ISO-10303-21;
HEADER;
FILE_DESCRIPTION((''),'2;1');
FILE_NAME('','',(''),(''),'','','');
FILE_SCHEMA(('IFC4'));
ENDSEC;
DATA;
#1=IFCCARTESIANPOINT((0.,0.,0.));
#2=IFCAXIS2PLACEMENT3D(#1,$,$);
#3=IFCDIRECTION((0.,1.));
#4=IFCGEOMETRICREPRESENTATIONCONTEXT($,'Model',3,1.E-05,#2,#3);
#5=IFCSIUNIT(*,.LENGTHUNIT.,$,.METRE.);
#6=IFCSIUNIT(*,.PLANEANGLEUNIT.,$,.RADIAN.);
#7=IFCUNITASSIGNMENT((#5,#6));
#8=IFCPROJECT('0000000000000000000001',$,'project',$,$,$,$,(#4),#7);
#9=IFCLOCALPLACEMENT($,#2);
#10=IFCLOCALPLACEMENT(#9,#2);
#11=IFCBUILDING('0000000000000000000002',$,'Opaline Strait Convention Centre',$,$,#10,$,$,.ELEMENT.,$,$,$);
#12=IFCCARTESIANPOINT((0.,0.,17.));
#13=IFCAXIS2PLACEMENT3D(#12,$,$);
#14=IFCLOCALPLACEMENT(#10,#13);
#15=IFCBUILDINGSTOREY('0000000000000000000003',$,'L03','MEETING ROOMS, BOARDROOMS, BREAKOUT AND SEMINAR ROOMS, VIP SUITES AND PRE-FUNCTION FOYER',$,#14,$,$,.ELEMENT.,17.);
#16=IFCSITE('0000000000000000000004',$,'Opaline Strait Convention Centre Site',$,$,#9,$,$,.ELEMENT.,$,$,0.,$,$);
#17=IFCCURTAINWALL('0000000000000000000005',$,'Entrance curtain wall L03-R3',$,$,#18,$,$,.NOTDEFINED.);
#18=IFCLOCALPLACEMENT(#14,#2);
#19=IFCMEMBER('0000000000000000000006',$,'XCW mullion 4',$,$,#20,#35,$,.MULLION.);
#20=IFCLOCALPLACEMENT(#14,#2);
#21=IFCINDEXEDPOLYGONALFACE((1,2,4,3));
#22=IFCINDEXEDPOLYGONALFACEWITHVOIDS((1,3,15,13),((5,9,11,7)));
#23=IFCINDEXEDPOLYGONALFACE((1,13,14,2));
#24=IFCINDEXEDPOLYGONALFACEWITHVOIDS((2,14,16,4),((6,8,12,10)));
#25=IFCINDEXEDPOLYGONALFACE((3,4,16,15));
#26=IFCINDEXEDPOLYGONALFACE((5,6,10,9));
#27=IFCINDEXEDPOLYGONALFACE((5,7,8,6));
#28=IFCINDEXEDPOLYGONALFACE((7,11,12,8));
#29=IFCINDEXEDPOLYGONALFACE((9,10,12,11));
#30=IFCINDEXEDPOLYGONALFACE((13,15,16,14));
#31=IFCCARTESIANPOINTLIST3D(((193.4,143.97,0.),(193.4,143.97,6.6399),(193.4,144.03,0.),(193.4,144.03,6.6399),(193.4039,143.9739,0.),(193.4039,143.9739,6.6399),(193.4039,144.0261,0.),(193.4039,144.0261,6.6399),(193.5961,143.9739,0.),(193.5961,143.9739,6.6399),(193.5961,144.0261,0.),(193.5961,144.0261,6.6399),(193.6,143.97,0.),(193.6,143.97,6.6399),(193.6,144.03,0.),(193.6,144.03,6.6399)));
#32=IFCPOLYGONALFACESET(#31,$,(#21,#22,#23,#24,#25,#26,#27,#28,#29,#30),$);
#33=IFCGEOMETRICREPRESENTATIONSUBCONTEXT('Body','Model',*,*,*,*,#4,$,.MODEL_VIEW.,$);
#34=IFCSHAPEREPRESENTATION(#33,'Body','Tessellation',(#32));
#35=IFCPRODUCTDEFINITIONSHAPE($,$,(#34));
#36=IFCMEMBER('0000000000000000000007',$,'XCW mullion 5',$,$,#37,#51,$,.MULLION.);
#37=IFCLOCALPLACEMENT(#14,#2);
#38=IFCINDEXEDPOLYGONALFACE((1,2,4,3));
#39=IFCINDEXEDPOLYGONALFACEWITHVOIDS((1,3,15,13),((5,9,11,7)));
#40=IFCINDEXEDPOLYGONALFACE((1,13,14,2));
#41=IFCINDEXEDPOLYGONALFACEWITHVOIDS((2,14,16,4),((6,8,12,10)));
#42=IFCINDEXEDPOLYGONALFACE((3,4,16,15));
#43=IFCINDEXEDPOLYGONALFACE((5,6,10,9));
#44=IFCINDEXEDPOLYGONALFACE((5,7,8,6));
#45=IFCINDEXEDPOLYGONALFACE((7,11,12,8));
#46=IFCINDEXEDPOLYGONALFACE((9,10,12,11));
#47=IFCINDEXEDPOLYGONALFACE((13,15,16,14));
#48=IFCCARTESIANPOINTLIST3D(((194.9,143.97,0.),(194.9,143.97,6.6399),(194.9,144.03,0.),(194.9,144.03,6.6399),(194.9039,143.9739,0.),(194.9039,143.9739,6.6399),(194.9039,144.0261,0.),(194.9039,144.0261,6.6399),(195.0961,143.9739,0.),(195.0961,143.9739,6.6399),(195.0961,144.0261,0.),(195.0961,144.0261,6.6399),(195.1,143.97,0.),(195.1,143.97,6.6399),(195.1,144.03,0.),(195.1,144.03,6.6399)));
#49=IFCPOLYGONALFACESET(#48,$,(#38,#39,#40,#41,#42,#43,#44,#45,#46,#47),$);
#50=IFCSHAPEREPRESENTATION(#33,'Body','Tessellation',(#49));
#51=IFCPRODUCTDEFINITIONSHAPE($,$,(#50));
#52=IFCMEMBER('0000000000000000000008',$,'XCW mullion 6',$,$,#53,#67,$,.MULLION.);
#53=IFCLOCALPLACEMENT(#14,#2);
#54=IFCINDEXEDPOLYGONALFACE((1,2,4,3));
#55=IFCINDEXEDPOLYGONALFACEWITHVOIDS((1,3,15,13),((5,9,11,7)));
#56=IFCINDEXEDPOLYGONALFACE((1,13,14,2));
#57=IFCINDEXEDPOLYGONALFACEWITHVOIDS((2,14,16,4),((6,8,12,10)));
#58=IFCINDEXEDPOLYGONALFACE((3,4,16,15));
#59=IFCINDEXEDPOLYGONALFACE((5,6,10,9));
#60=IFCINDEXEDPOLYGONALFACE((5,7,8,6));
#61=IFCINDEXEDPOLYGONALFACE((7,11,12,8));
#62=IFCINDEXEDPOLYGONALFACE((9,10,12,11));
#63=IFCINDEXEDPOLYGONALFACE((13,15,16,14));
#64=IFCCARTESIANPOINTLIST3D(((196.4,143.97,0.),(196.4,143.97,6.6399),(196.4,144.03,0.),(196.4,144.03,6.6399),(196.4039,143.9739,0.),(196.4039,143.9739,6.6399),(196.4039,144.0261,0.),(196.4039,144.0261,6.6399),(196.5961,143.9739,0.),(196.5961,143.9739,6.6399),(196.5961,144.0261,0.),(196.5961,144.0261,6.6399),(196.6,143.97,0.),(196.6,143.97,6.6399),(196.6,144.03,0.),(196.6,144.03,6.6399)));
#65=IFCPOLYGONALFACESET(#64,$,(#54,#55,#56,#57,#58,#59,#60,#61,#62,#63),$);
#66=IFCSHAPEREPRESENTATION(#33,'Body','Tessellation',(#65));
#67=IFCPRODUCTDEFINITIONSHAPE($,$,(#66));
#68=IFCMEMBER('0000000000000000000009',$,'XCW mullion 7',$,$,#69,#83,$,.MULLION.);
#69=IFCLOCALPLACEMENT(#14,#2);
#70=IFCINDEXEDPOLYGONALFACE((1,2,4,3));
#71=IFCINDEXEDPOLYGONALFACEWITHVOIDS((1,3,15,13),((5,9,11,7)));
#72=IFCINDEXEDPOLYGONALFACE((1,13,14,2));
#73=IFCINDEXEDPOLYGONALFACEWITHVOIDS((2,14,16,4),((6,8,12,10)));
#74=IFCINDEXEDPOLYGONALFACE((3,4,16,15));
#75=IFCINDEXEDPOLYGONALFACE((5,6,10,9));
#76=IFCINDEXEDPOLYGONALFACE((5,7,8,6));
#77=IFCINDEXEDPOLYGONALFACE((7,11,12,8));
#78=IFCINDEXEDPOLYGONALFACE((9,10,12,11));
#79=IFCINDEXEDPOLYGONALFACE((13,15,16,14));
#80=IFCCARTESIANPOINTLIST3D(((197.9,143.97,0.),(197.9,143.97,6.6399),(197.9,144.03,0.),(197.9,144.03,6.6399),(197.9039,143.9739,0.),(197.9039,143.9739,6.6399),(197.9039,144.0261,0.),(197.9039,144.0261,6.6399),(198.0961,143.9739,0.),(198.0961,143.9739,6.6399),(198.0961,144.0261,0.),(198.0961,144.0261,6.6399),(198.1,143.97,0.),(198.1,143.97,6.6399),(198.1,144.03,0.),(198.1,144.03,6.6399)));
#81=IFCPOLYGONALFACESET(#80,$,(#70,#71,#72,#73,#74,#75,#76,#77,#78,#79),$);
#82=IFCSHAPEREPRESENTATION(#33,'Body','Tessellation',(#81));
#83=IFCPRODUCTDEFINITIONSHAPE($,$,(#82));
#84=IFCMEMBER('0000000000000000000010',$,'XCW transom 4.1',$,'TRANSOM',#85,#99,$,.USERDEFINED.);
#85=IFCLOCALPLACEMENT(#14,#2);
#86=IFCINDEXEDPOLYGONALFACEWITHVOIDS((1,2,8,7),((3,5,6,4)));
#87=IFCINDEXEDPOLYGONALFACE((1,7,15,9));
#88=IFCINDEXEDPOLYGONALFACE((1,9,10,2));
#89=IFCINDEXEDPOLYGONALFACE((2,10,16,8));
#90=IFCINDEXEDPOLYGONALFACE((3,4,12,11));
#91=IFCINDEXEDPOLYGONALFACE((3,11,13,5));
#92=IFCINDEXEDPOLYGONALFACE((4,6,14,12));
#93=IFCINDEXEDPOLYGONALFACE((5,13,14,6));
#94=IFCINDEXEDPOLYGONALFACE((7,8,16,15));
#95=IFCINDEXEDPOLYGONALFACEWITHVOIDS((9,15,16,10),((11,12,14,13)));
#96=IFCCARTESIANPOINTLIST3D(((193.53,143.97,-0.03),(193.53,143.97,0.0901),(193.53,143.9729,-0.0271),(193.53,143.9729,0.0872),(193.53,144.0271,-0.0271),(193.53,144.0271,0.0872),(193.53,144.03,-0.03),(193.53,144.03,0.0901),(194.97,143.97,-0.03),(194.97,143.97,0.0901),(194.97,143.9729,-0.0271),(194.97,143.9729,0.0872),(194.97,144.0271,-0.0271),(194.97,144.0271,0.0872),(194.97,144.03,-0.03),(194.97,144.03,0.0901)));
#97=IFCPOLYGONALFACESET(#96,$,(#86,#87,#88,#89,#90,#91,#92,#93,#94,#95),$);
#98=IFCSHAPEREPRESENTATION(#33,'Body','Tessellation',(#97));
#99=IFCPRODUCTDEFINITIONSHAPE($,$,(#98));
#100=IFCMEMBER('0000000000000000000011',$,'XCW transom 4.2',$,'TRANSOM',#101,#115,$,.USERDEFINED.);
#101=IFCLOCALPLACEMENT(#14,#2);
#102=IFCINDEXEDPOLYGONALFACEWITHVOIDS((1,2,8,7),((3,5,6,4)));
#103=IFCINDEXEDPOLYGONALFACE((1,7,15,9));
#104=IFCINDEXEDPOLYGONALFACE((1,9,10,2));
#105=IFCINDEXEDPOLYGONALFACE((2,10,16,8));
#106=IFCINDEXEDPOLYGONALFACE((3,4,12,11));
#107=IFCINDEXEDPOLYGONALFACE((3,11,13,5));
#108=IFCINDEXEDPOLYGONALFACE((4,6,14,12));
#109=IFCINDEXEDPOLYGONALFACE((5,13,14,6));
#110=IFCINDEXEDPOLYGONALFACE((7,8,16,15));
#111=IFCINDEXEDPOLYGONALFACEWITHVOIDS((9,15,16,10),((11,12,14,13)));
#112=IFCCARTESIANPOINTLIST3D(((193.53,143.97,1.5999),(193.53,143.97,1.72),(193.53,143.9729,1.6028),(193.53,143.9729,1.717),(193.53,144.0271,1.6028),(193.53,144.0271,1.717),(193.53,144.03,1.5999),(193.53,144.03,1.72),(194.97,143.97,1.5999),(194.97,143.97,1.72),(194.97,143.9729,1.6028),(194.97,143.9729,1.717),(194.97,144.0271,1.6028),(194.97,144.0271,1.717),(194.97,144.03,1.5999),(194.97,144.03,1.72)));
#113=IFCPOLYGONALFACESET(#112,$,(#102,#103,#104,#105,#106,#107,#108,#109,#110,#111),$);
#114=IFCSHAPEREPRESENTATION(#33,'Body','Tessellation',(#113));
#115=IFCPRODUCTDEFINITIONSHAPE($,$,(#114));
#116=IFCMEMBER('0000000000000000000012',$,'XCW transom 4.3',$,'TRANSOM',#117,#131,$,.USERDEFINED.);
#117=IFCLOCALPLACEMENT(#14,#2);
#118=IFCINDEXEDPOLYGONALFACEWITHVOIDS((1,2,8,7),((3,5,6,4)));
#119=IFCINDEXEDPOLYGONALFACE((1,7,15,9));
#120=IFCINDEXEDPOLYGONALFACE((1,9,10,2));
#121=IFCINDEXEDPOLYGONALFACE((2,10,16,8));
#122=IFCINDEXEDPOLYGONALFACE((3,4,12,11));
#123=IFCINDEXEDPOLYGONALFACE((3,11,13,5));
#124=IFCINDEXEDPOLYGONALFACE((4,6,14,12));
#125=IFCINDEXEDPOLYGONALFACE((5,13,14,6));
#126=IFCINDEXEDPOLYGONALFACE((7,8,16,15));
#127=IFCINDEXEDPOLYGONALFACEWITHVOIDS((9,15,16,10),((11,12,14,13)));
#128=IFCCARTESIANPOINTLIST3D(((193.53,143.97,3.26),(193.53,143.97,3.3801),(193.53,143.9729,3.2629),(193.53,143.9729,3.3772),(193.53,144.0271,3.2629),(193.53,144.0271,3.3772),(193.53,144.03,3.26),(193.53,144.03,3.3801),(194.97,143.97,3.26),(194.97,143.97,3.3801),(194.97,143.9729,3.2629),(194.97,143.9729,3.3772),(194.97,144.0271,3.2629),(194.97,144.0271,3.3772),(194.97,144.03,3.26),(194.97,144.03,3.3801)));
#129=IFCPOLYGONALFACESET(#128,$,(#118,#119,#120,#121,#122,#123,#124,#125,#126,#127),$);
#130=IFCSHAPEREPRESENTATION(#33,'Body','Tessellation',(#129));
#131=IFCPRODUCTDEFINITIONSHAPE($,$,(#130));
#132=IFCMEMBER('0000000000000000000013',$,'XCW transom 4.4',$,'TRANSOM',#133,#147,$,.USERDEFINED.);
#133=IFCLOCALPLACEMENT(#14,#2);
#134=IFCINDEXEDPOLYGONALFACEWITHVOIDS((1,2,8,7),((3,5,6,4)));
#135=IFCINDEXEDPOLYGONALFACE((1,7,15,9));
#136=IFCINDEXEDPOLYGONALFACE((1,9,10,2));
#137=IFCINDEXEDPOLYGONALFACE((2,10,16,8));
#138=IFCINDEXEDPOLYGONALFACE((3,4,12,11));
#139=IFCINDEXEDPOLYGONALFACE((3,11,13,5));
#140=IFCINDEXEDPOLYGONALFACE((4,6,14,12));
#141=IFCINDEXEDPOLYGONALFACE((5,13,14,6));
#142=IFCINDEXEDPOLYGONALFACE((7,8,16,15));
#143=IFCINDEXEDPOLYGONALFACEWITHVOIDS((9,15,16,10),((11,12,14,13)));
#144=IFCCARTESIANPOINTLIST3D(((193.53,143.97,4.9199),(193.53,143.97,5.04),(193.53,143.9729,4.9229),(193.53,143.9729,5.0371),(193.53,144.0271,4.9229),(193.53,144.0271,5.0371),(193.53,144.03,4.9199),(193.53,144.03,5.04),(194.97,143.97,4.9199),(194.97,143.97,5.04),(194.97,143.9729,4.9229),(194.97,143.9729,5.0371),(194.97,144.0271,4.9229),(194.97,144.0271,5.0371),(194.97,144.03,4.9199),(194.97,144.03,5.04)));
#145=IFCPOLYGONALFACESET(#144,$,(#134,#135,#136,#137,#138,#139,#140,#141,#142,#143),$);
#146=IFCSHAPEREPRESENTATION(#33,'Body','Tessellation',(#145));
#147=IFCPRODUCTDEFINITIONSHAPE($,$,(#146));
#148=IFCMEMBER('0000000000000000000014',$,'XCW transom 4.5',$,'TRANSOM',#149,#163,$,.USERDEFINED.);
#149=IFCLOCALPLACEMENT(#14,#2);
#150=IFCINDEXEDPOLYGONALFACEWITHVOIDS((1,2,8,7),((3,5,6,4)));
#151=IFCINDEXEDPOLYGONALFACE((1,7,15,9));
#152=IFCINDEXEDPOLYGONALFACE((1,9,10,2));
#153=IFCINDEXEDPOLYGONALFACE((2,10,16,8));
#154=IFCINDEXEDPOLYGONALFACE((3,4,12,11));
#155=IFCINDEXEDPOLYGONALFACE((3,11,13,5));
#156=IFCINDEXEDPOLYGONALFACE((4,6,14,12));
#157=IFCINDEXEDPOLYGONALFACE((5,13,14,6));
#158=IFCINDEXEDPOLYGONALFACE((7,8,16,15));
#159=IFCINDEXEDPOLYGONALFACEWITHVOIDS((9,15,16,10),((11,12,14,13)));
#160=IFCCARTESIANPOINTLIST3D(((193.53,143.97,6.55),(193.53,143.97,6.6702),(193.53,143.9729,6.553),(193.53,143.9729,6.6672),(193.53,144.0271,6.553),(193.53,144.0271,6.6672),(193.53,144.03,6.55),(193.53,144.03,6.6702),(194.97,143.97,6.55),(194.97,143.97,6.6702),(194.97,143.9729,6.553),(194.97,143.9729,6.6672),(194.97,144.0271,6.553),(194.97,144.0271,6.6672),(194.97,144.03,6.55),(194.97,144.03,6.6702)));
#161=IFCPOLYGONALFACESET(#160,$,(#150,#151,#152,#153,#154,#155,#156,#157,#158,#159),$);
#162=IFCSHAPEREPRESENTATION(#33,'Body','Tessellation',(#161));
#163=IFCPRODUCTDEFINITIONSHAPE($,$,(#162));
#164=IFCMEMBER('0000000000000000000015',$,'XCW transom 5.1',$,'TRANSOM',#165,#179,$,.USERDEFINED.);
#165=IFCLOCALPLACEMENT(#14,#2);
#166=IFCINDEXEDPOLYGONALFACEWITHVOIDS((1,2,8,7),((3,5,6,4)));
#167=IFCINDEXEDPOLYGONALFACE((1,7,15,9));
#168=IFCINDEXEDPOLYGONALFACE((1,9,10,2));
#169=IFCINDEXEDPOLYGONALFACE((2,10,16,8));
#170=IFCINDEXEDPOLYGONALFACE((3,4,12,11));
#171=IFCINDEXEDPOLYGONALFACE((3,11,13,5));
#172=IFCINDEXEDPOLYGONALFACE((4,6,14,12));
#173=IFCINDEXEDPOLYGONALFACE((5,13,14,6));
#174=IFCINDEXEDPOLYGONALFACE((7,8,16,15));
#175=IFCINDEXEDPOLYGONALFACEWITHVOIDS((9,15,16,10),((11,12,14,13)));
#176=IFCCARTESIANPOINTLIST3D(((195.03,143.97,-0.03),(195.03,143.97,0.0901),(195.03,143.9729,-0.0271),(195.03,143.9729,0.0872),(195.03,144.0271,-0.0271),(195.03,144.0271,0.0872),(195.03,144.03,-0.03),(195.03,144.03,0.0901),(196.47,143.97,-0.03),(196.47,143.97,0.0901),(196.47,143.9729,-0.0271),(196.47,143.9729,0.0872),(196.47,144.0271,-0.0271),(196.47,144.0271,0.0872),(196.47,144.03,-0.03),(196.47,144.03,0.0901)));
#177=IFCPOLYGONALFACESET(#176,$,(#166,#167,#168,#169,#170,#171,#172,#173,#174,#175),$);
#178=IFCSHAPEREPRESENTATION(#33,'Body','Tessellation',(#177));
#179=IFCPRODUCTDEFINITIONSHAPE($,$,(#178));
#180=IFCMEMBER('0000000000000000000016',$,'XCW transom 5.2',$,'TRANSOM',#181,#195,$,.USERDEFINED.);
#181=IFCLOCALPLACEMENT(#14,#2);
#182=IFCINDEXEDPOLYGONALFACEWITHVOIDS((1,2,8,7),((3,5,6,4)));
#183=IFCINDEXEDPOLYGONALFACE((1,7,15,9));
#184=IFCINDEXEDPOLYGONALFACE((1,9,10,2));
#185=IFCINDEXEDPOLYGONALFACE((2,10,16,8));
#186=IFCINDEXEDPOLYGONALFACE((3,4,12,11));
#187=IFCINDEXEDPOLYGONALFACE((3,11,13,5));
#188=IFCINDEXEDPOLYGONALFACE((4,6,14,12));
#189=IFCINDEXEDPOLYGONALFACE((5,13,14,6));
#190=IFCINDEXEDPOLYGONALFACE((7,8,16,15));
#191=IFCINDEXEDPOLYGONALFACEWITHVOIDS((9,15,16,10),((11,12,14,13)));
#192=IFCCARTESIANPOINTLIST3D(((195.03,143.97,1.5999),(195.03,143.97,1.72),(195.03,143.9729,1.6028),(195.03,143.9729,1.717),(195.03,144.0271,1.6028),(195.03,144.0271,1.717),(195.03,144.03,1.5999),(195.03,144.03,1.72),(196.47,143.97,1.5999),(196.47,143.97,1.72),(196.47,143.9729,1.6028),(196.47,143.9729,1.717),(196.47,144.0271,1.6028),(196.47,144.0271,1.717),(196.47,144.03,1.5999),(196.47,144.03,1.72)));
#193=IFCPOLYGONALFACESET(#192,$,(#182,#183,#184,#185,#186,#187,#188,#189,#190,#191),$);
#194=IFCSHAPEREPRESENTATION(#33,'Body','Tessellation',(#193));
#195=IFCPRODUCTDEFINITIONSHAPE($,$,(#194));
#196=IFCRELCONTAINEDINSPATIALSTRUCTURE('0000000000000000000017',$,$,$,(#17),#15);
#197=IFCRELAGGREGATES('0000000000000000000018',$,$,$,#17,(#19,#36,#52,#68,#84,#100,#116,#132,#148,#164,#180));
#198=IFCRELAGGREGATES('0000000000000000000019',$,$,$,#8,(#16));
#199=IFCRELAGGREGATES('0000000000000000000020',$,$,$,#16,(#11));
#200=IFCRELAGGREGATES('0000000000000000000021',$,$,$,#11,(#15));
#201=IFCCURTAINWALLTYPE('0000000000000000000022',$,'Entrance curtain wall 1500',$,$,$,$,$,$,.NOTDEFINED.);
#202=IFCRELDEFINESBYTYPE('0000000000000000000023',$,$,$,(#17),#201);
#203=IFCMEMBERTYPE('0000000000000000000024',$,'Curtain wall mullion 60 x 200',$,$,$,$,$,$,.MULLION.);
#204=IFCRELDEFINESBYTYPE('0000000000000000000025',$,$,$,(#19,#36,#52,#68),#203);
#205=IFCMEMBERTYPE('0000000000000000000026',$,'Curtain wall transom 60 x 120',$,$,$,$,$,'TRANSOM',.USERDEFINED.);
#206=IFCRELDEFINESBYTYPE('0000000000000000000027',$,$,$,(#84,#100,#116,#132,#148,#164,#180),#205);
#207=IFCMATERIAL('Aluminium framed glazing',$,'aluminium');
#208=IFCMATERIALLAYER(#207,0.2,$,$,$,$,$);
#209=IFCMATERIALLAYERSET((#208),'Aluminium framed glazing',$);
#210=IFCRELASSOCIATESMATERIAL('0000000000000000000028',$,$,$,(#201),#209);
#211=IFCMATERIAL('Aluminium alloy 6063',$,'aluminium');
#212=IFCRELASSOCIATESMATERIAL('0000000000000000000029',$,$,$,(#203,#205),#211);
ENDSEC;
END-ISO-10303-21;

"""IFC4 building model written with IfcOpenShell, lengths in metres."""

from ifc_helpers import new_model, si_unit, direction, frame, origin, origin_2d, place, context, subcontext, project, spatial, hollow_rectangle, extrude, material, layer, layer_set, material_profile, profile_set, type_object, element, aggregate, save


model = new_model("IFC4")

# Units and contexts
model_context = context("Model", 3, precision=1e-05, world=origin(), true_north=direction((0.0, 1.0)))
body_context = subcontext(model_context, "Body", "Model", "MODEL_VIEW")
ifc_project = project(units=[si_unit("LENGTHUNIT", "METRE"), si_unit("PLANEANGLEUNIT", "RADIAN")], contexts=[model_context])

# Site, building, storey
site_placement = place(None, origin())
site = spatial("IfcSite", under=ifc_project, at=site_placement, Name="Opaline Strait Convention Centre Site", CompositionType="ELEMENT", RefElevation=0.0)
building_placement = place(site_placement, origin())
building = spatial("IfcBuilding", under=site, at=building_placement, Name="Opaline Strait Convention Centre", CompositionType="ELEMENT")
storey_placement = place(building_placement, frame((0.0, 0.0, 17.0)))
storey = spatial("IfcBuildingStorey", under=building, at=storey_placement, Name="L03", Description="MEETING ROOMS, BOARDROOMS, BREAKOUT AND SEMINAR ROOMS, VIP SUITES AND PRE-FUNCTION FOYER", CompositionType="ELEMENT", Elevation=17.0)

# Curtain wall, members
ifc_material_1 = material(Name="Aluminium framed glazing", Category="aluminium")
ifc_layer_1 = layer(ifc_material_1, 0.2)
ifc_layer_set_1 = layer_set([ifc_layer_1], Name="Aluminium framed glazing")
curtain_wall_type = type_object("IfcCurtainWallType", Name="Entrance curtain wall 1500", PredefinedType="NOTDEFINED", material=ifc_layer_set_1)
curtain_wall_placement = place(storey_placement, origin())
curtain_wall = element("IfcCurtainWall", 1, at=curtain_wall_placement, inside=storey, type_object=curtain_wall_type, Name="Entrance curtain wall L03-R3", PredefinedType="NOTDEFINED")
ifc_material_2 = material(Name="Aluminium alloy 6063", Category="aluminium")
ifc_material_profile_1 = material_profile(ifc_material_2, hollow_rectangle(XDim=0.0601, YDim=0.2, WallThickness=0.0039, at=origin_2d()), Name="MULLION 60x200x4")
ifc_profile_set_1 = profile_set([ifc_material_profile_1], Name="Aluminium alloy 6063")
member_type_1 = type_object("IfcMemberType", Name="Curtain wall mullion 60 x 200", PredefinedType="MULLION", material=ifc_profile_set_1)
member_1_placement = place(storey_placement, frame((193.5, 144.0, 0.0), z_axis=(0.0, 0.0, 1.0), x_axis=(0.0, 1.0, 0.0)))
member_1 = element("IfcMember", 2, at=member_1_placement, type_object=member_type_1, Name="XCW mullion 4", PredefinedType="MULLION", context=body_context, shape_type="SweptSolid", body=[
    extrude(hollow_rectangle(XDim=0.0601, YDim=0.2, WallThickness=0.0039, at=origin_2d()), origin(), (0.0, 0.0, 1.0), 6.6399),
])
member_2_placement = place(storey_placement, frame((195.0, 144.0, 0.0), z_axis=(0.0, 0.0, 1.0), x_axis=(0.0, 1.0, 0.0)))
member_2 = element("IfcMember", 3, at=member_2_placement, type_object=member_type_1, Name="XCW mullion 5", PredefinedType="MULLION", context=body_context, shape_type="SweptSolid", body=[
    extrude(hollow_rectangle(XDim=0.0601, YDim=0.2, WallThickness=0.0039, at=origin_2d()), origin(), (0.0, 0.0, 1.0), 6.6399),
])
member_3_placement = place(storey_placement, frame((196.5, 144.0, 0.0), z_axis=(0.0, 0.0, 1.0), x_axis=(0.0, 1.0, 0.0)))
member_3 = element("IfcMember", 4, at=member_3_placement, type_object=member_type_1, Name="XCW mullion 6", PredefinedType="MULLION", context=body_context, shape_type="SweptSolid", body=[
    extrude(hollow_rectangle(XDim=0.0601, YDim=0.2, WallThickness=0.0039, at=origin_2d()), origin(), (0.0, 0.0, 1.0), 6.6399),
])
member_4_placement = place(storey_placement, frame((198.0, 144.0, 0.0), z_axis=(0.0, 0.0, 1.0), x_axis=(0.0, 1.0, 0.0)))
member_4 = element("IfcMember", 5, at=member_4_placement, type_object=member_type_1, Name="XCW mullion 7", PredefinedType="MULLION", context=body_context, shape_type="SweptSolid", body=[
    extrude(hollow_rectangle(XDim=0.0601, YDim=0.2, WallThickness=0.0039, at=origin_2d()), origin(), (0.0, 0.0, 1.0), 6.6399),
])
ifc_material_profile_2 = material_profile(ifc_material_2, hollow_rectangle(XDim=0.0601, YDim=0.1201, WallThickness=0.0029, at=origin_2d()), Name="TRANSOM 60x120x3")
ifc_profile_set_2 = profile_set([ifc_material_profile_2], Name="Aluminium alloy 6063")
member_type_2 = type_object("IfcMemberType", Name="Curtain wall transom 60 x 120", ElementType="TRANSOM", PredefinedType="USERDEFINED", material=ifc_profile_set_2)
member_5_placement = place(storey_placement, frame((193.53, 144.0, 0.03), z_axis=(1.0, 0.0, 0.0), x_axis=(0.0, 1.0, 0.0)))
member_5 = element("IfcMember", 6, at=member_5_placement, type_object=member_type_2, Name="XCW transom 4.1", ObjectType="TRANSOM", PredefinedType="USERDEFINED", context=body_context, shape_type="SweptSolid", body=[
    extrude(hollow_rectangle(XDim=0.0601, YDim=0.1201, WallThickness=0.0029, at=origin_2d()), origin(), (0.0, 0.0, 1.0), 1.4399),
])
member_6_placement = place(storey_placement, frame((193.53, 144.0, 1.6599), z_axis=(1.0, 0.0, 0.0), x_axis=(0.0, 1.0, 0.0)))
member_6 = element("IfcMember", 7, at=member_6_placement, type_object=member_type_2, Name="XCW transom 4.2", ObjectType="TRANSOM", PredefinedType="USERDEFINED", context=body_context, shape_type="SweptSolid", body=[
    extrude(hollow_rectangle(XDim=0.0601, YDim=0.1201, WallThickness=0.0029, at=origin_2d()), origin(), (0.0, 0.0, 1.0), 1.4399),
])
member_7_placement = place(storey_placement, frame((193.53, 144.0, 3.3201), z_axis=(1.0, 0.0, 0.0), x_axis=(0.0, 1.0, 0.0)))
member_7 = element("IfcMember", 8, at=member_7_placement, type_object=member_type_2, Name="XCW transom 4.3", ObjectType="TRANSOM", PredefinedType="USERDEFINED", context=body_context, shape_type="SweptSolid", body=[
    extrude(hollow_rectangle(XDim=0.0601, YDim=0.1201, WallThickness=0.0029, at=origin_2d()), origin(), (0.0, 0.0, 1.0), 1.4399),
])
member_8_placement = place(storey_placement, frame((193.53, 144.0, 4.98), z_axis=(1.0, 0.0, 0.0), x_axis=(0.0, 1.0, 0.0)))
member_8 = element("IfcMember", 9, at=member_8_placement, type_object=member_type_2, Name="XCW transom 4.4", ObjectType="TRANSOM", PredefinedType="USERDEFINED", context=body_context, shape_type="SweptSolid", body=[
    extrude(hollow_rectangle(XDim=0.0601, YDim=0.1201, WallThickness=0.0029, at=origin_2d()), origin(), (0.0, 0.0, 1.0), 1.4399),
])
member_9_placement = place(storey_placement, frame((193.53, 144.0, 6.6101), z_axis=(1.0, 0.0, 0.0), x_axis=(0.0, 1.0, 0.0)))
member_9 = element("IfcMember", 10, at=member_9_placement, type_object=member_type_2, Name="XCW transom 4.5", ObjectType="TRANSOM", PredefinedType="USERDEFINED", context=body_context, shape_type="SweptSolid", body=[
    extrude(hollow_rectangle(XDim=0.0601, YDim=0.1201, WallThickness=0.0029, at=origin_2d()), origin(), (0.0, 0.0, 1.0), 1.4399),
])
member_10_placement = place(storey_placement, frame((195.03, 144.0, 0.03), z_axis=(1.0, 0.0, 0.0), x_axis=(0.0, 1.0, 0.0)))
member_10 = element("IfcMember", 11, at=member_10_placement, type_object=member_type_2, Name="XCW transom 5.1", ObjectType="TRANSOM", PredefinedType="USERDEFINED", context=body_context, shape_type="SweptSolid", body=[
    extrude(hollow_rectangle(XDim=0.0601, YDim=0.1201, WallThickness=0.0029, at=origin_2d()), origin(), (0.0, 0.0, 1.0), 1.4399),
])
member_11_placement = place(storey_placement, frame((195.03, 144.0, 1.6599), z_axis=(1.0, 0.0, 0.0), x_axis=(0.0, 1.0, 0.0)))
member_11 = element("IfcMember", 12, at=member_11_placement, type_object=member_type_2, Name="XCW transom 5.2", ObjectType="TRANSOM", PredefinedType="USERDEFINED", context=body_context, shape_type="SweptSolid", body=[
    extrude(hollow_rectangle(XDim=0.0601, YDim=0.1201, WallThickness=0.0029, at=origin_2d()), origin(), (0.0, 0.0, 1.0), 1.4399),
])
aggregate(curtain_wall, [member_1, member_2, member_3, member_4, member_5, member_6, member_7, member_8, member_9, member_10, member_11])

save(model, "model.ifc")
